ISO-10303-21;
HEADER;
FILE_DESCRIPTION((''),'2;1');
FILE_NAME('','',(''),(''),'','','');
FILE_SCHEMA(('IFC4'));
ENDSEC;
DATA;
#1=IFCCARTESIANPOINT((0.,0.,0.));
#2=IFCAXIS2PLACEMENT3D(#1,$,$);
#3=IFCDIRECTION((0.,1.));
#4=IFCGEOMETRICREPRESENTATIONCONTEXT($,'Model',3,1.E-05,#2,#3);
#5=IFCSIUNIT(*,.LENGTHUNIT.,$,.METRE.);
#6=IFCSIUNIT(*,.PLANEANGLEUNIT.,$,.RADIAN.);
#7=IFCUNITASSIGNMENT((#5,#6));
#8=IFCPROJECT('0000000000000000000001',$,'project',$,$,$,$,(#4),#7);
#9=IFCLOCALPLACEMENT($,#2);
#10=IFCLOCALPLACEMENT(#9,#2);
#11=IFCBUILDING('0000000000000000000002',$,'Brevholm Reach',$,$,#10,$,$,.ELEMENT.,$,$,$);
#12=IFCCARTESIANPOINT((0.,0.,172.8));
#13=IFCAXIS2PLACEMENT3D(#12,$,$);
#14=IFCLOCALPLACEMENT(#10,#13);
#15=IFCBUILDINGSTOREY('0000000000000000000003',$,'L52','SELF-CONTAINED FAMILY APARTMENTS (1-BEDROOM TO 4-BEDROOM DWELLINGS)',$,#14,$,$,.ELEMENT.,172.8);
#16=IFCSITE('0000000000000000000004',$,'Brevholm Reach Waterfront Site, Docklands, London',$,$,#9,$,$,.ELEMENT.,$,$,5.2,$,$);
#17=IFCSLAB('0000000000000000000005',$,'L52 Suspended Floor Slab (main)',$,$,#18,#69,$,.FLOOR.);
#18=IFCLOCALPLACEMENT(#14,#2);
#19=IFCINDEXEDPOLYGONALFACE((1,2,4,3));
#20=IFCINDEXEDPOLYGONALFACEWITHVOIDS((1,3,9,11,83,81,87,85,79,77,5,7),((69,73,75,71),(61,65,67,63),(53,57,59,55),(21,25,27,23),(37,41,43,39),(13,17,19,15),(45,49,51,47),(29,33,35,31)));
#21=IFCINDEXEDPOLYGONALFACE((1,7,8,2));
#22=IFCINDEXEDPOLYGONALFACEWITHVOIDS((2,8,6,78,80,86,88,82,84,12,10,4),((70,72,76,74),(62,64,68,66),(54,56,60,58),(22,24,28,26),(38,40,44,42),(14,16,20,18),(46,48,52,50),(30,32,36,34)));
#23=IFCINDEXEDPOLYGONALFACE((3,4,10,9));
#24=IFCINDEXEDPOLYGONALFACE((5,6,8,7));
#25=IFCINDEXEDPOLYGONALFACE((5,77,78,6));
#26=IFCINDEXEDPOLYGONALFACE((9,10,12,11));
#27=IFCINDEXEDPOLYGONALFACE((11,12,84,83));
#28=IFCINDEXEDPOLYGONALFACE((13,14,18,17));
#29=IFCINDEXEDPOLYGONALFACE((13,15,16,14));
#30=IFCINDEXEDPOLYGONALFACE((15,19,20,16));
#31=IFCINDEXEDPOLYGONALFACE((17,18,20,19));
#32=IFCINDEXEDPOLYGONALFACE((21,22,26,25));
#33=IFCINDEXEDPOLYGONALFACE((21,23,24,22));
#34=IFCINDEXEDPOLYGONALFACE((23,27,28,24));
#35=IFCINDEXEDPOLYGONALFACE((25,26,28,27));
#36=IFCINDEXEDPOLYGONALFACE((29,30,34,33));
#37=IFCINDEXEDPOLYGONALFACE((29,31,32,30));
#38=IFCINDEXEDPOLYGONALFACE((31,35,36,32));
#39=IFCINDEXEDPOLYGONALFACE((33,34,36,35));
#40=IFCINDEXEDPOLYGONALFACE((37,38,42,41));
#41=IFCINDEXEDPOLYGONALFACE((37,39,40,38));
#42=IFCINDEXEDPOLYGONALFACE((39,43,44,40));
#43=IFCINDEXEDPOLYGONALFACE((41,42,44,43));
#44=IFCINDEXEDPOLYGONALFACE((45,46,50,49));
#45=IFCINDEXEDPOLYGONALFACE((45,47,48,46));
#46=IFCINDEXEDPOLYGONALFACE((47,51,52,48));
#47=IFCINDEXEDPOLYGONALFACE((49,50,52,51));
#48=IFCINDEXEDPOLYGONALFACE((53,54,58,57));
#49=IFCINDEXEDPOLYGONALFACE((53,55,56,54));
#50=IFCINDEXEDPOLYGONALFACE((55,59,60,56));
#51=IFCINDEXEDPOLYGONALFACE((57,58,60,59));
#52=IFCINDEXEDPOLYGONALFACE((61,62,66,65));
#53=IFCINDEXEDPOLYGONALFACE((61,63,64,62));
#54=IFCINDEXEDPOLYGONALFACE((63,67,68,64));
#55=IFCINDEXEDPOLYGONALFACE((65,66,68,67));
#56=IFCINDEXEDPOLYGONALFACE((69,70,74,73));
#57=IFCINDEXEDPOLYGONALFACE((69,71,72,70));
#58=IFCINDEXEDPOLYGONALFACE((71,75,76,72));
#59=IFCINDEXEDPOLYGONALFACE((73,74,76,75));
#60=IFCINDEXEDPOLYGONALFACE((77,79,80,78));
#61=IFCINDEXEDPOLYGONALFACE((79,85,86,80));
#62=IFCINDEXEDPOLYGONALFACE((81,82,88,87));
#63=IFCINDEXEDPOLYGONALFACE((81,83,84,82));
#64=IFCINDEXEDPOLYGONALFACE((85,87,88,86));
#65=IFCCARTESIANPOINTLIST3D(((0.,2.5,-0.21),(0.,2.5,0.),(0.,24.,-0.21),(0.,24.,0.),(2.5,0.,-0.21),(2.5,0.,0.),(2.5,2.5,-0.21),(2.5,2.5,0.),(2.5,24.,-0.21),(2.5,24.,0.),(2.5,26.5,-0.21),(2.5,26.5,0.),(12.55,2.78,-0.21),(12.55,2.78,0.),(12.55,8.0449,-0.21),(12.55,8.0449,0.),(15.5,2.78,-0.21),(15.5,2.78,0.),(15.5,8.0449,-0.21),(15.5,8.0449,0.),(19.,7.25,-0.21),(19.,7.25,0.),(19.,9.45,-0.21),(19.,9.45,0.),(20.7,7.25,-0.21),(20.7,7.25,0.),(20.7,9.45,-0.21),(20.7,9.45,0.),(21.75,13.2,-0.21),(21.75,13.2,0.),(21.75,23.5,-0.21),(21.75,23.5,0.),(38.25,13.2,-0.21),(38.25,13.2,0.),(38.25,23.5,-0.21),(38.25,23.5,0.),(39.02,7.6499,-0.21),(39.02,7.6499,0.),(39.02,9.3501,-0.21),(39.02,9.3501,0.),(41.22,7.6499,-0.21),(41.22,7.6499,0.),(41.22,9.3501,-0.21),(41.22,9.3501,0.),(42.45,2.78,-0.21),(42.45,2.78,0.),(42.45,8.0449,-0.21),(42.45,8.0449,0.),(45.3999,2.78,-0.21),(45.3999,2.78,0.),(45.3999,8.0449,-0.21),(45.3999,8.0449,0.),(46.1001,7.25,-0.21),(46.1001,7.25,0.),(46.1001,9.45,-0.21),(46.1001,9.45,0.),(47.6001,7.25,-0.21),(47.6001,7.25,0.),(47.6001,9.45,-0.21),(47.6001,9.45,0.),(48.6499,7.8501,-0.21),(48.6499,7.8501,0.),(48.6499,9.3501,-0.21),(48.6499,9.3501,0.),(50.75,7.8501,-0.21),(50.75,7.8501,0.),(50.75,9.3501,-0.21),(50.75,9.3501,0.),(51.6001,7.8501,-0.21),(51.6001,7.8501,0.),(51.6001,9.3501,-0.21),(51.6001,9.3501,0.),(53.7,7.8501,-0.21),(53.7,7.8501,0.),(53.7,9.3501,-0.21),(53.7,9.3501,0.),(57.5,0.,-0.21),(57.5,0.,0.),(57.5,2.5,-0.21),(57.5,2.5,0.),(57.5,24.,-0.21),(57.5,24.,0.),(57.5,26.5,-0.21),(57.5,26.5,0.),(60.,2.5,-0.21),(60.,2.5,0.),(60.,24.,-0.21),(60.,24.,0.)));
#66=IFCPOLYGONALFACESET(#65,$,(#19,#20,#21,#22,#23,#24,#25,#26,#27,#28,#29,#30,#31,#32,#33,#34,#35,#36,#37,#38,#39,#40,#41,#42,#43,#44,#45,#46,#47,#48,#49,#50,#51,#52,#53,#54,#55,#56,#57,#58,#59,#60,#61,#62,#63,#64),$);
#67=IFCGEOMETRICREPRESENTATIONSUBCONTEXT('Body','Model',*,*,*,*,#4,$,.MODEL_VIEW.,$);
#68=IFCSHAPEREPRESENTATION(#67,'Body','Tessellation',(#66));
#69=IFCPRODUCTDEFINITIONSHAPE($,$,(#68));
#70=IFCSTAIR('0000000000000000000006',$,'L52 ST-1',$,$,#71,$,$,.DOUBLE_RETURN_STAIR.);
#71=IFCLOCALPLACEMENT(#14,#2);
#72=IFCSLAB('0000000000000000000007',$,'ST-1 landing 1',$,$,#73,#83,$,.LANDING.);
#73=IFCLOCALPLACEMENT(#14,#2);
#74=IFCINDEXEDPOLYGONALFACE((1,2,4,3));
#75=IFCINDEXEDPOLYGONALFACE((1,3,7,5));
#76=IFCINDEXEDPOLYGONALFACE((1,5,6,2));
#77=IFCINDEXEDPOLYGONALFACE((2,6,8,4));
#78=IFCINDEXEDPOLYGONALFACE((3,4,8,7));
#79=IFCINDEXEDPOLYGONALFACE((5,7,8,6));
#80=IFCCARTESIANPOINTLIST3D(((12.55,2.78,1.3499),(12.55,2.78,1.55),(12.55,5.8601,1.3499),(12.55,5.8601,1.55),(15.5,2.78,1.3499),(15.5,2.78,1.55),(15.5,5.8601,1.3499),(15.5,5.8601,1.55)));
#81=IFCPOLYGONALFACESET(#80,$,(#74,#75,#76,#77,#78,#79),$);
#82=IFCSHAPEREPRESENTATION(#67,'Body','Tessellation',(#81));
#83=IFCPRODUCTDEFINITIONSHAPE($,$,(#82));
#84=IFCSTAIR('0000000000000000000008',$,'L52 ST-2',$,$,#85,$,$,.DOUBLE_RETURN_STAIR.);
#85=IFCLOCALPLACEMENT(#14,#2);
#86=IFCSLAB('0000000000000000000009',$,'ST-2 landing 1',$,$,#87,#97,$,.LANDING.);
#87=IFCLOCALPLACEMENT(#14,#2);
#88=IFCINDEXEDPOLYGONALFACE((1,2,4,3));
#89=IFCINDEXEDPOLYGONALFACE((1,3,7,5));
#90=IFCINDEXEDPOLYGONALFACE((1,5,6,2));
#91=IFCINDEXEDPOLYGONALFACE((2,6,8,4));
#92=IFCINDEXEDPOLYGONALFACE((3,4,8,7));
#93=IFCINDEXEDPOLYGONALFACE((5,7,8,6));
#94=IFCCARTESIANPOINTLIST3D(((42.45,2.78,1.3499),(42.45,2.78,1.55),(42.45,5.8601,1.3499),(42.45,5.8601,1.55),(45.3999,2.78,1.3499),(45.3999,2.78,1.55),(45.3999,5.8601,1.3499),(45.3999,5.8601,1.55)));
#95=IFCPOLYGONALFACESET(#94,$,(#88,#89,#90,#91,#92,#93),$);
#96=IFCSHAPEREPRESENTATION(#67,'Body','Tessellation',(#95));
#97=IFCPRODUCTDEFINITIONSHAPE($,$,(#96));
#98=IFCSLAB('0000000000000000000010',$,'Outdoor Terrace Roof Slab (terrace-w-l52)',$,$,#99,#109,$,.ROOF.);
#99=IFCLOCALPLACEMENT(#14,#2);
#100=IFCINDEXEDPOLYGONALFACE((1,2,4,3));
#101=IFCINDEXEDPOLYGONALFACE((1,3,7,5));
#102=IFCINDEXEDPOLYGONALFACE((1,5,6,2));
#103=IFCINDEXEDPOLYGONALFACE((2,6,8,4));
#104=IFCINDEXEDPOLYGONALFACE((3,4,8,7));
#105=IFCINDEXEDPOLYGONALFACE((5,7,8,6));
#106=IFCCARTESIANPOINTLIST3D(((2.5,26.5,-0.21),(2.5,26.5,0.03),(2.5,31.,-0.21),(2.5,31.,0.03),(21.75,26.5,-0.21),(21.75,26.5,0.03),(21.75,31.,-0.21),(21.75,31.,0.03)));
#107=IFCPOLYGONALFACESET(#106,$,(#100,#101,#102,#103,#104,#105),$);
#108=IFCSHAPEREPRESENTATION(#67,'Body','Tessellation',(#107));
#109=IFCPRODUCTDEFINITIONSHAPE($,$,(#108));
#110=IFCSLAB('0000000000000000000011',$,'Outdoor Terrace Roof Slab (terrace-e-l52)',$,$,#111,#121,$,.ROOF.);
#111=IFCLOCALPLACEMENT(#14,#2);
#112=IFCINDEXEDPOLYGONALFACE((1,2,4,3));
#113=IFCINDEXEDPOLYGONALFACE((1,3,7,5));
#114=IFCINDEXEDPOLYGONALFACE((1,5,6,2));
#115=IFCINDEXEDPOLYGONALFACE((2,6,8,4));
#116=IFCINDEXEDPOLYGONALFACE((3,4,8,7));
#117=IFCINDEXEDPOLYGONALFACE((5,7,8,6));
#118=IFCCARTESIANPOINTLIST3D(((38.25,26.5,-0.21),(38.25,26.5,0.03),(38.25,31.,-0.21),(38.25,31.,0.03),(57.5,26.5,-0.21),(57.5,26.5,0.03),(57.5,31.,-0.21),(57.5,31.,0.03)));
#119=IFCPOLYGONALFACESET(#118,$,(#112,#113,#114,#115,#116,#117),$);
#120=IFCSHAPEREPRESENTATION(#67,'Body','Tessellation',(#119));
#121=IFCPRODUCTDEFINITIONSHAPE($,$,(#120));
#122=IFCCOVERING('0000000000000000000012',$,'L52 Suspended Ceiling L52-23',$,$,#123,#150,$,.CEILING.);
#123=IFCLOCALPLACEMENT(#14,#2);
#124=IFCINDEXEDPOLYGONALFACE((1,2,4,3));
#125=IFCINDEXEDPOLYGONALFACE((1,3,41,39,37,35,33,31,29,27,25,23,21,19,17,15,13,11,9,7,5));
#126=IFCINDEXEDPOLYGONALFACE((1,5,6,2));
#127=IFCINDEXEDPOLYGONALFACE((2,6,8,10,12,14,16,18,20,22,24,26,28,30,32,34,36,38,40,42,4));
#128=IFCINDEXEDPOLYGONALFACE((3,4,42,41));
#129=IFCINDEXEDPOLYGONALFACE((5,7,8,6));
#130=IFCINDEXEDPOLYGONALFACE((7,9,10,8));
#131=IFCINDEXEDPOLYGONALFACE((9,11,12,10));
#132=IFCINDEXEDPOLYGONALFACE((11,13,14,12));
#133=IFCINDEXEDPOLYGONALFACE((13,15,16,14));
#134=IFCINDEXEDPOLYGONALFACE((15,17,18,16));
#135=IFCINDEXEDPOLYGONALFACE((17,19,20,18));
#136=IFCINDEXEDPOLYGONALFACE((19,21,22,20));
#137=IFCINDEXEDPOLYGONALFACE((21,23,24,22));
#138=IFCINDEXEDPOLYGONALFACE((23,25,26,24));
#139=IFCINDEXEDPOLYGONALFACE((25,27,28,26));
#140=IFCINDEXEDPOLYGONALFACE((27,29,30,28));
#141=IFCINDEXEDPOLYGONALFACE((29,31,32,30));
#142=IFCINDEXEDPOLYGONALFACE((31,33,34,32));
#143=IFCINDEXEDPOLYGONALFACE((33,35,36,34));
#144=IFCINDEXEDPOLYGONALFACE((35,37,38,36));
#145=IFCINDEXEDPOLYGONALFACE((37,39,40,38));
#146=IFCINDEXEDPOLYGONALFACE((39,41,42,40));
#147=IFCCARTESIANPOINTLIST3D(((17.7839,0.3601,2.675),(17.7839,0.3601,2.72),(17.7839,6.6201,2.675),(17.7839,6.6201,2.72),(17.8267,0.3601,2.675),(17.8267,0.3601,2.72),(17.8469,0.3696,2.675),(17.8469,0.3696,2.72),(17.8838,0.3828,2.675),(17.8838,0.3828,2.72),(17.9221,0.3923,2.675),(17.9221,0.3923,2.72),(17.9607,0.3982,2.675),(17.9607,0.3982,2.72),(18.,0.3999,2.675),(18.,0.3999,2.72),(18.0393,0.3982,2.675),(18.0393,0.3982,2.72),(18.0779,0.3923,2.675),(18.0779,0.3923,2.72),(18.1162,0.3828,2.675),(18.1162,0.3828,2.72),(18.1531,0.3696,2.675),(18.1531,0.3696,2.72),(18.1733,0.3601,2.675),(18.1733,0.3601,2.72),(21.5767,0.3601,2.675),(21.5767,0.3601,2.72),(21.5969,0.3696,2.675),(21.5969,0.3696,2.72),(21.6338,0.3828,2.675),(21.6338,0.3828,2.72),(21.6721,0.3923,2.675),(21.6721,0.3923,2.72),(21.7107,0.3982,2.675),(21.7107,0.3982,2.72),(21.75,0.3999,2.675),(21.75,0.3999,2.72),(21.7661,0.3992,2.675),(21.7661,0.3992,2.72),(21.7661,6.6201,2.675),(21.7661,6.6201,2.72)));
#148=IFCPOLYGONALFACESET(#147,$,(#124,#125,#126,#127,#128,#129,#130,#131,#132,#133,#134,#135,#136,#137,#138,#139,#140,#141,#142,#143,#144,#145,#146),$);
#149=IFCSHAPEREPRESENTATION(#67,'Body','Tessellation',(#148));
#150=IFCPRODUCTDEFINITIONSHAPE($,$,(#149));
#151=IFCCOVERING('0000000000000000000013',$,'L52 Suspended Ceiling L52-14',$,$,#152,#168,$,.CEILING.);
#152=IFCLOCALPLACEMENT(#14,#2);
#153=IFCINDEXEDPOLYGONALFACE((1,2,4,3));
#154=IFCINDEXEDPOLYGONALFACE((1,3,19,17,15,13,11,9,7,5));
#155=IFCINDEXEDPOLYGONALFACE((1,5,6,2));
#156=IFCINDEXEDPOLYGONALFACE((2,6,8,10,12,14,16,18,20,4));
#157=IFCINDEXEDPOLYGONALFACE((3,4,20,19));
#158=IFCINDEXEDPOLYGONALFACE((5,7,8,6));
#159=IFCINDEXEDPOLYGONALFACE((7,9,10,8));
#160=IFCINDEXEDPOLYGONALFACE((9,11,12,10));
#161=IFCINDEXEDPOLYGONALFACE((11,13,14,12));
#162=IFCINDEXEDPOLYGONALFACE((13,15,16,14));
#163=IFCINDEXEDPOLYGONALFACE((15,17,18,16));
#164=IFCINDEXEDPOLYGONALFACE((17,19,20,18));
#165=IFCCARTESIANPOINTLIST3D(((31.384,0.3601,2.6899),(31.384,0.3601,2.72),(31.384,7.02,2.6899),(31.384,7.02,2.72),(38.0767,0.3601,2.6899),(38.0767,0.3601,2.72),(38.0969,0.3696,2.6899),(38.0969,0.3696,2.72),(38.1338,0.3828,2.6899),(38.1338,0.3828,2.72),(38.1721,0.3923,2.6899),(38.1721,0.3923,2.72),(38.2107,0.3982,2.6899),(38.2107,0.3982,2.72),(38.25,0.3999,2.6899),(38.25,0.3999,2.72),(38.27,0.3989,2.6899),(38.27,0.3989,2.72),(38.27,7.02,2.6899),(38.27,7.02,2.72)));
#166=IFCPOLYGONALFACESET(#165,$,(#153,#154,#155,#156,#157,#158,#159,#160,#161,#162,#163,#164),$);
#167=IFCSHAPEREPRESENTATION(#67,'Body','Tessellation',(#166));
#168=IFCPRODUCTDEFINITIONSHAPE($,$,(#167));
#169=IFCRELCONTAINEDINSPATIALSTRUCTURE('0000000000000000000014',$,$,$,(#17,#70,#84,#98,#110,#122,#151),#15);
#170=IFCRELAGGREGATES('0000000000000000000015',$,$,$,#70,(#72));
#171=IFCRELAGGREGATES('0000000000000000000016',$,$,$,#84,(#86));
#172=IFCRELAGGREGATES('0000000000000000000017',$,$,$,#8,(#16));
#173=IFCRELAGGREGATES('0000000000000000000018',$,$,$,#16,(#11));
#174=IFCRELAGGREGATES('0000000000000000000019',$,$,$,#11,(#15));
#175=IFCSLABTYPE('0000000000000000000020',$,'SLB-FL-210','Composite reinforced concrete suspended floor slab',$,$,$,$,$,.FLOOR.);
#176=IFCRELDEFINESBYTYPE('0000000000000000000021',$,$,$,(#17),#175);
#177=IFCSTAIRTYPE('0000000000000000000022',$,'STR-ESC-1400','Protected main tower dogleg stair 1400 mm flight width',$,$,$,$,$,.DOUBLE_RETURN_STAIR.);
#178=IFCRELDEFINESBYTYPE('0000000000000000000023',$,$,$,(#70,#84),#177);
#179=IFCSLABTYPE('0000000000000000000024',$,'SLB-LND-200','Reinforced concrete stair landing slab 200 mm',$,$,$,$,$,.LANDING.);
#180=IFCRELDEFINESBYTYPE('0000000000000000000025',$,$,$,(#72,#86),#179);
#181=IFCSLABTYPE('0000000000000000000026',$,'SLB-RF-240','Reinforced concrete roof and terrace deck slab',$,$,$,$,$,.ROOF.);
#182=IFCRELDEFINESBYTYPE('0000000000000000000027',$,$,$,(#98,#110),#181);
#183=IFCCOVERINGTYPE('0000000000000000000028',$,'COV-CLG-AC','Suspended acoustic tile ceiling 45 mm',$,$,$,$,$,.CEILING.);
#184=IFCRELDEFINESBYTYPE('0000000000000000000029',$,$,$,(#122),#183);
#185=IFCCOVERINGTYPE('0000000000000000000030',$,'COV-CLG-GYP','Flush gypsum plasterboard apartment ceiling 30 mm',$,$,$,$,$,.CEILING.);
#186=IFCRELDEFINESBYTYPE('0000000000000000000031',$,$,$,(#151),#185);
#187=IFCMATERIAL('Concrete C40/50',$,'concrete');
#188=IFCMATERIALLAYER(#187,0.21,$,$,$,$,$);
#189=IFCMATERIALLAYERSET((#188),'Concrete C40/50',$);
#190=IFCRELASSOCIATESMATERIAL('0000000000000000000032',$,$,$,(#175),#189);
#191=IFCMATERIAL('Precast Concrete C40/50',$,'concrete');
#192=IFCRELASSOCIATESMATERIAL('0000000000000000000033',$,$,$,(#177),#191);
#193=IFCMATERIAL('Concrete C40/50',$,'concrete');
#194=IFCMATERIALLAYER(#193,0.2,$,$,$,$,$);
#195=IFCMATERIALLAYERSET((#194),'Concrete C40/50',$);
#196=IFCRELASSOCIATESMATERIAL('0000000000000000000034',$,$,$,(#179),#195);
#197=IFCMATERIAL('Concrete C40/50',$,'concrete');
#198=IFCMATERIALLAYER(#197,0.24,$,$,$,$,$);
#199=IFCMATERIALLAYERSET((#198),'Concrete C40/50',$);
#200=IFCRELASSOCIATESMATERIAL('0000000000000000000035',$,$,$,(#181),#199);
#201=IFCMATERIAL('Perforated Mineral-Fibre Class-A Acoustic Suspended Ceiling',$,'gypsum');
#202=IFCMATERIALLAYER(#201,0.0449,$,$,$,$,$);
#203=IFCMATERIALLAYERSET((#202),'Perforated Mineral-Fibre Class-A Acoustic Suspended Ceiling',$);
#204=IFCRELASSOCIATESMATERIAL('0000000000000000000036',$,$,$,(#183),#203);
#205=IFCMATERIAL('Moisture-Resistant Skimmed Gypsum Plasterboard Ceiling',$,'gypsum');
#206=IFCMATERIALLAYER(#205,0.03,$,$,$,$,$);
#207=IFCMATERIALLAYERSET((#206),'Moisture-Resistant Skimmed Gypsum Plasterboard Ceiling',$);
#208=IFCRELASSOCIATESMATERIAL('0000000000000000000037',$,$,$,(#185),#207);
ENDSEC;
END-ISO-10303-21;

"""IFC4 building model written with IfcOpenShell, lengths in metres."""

from ifc_helpers import new_model, si_unit, direction, frame, origin, place, context, subcontext, project, spatial, polyline, outline, extrude, material, layer, layer_set, type_object, element, aggregate, save


model = new_model("IFC4")

# Units and contexts
model_context = context("Model", 3, precision=1e-05, world=origin(), true_north=direction((0.0, 1.0)))
body_context = subcontext(model_context, "Body", "Model", "MODEL_VIEW")
ifc_project = project(units=[si_unit("LENGTHUNIT", "METRE"), si_unit("PLANEANGLEUNIT", "RADIAN")], contexts=[model_context])

# Site, building, storey
site_placement = place(None, origin())
site = spatial("IfcSite", under=ifc_project, at=site_placement, Name="Brevholm Reach Waterfront Site, Docklands, London", CompositionType="ELEMENT", RefElevation=5.2)
building_placement = place(site_placement, origin())
building = spatial("IfcBuilding", under=site, at=building_placement, Name="Brevholm Reach", CompositionType="ELEMENT")
storey_placement = place(building_placement, frame((0.0, 0.0, 172.8)))
storey = spatial("IfcBuildingStorey", under=building, at=storey_placement, Name="L52", Description="SELF-CONTAINED FAMILY APARTMENTS (1-BEDROOM TO 4-BEDROOM DWELLINGS)", CompositionType="ELEMENT", Elevation=172.8)

# Slab
ifc_material_1 = material(Name="Concrete C40/50", Category="concrete")
ifc_layer_1 = layer(ifc_material_1, 0.21)
ifc_layer_set_1 = layer_set([ifc_layer_1], Name="Concrete C40/50")
slab_type_1 = type_object("IfcSlabType", Name="SLB-FL-210", Description="Composite reinforced concrete suspended floor slab", PredefinedType="FLOOR", material=ifc_layer_set_1)
slab_1_placement = place(storey_placement, frame((0.0, 0.0, -0.21)))
element("IfcSlab", 1, at=slab_1_placement, inside=storey, type_object=slab_type_1, Name="L52 Suspended Floor Slab (main)", PredefinedType="FLOOR", context=body_context, shape_type="SweptSolid", body=[
    extrude(outline(polyline([(2.5, 0.0), (57.5, 0.0), (57.5, 2.5), (60.0, 2.5), (60.0, 24.0), (57.5, 24.0), (57.5, 26.5), (2.5, 26.5), (2.5, 24.0), (0.0, 24.0), (0.0, 2.5), (2.5, 2.5), (2.5, 0.0)]), holes=[polyline([(21.75, 13.2), (38.25, 13.2), (38.25, 23.5), (21.75, 23.5), (21.75, 13.2)]), polyline([(12.55, 2.78), (15.5, 2.78), (15.5, 8.0449), (12.55, 8.0449), (12.55, 2.78)]), polyline([(42.45, 2.78), (45.3999, 2.78), (45.3999, 8.0449), (42.45, 8.0449), (42.45, 2.78)]), polyline([(19.0, 7.25), (20.7, 7.25), (20.7, 9.45), (19.0, 9.45), (19.0, 7.25)]), polyline([(46.1001, 7.25), (47.6001, 7.25), (47.6001, 9.45), (46.1001, 9.45), (46.1001, 7.25)]), polyline([(39.02, 7.6499), (41.22, 7.6499), (41.22, 9.3501), (39.02, 9.3501), (39.02, 7.6499)]), polyline([(48.6499, 7.8501), (50.75, 7.8501), (50.75, 9.3501), (48.6499, 9.3501), (48.6499, 7.8501)]), polyline([(51.6001, 7.8501), (53.7, 7.8501), (53.7, 9.3501), (51.6001, 9.3501), (51.6001, 7.8501)])]), origin(), (0.0, 0.0, 1.0), 0.21),
])

# Stairs, slabs
ifc_material_2 = material(Name="Precast Concrete C40/50", Category="concrete")
stair_type = type_object("IfcStairType", Name="STR-ESC-1400", Description="Protected main tower dogleg stair 1400 mm flight width", PredefinedType="DOUBLE_RETURN_STAIR", material=ifc_material_2)
stair_1_placement = place(storey_placement, origin())
stair_1 = element("IfcStair", 2, at=stair_1_placement, inside=storey, type_object=stair_type, Name="L52 ST-1", PredefinedType="DOUBLE_RETURN_STAIR")
ifc_material_3 = material(Name="Concrete C40/50", Category="concrete")
ifc_layer_2 = layer(ifc_material_3, 0.2)
ifc_layer_set_2 = layer_set([ifc_layer_2], Name="Concrete C40/50")
slab_type_2 = type_object("IfcSlabType", Name="SLB-LND-200", Description="Reinforced concrete stair landing slab 200 mm", PredefinedType="LANDING", material=ifc_layer_set_2)
slab_2_placement = place(storey_placement, frame((0.0, 0.0, 1.3499)))
slab_2 = element("IfcSlab", 3, at=slab_2_placement, type_object=slab_type_2, Name="ST-1 landing 1", PredefinedType="LANDING", context=body_context, shape_type="SweptSolid", body=[
    extrude(outline(polyline([(12.55, 5.8601), (12.55, 2.78), (15.5, 2.78), (15.5, 5.8601), (12.55, 5.8601)])), origin(), (0.0, 0.0, 1.0), 0.2002),
])
aggregate(stair_1, [slab_2])
stair_2_placement = place(storey_placement, origin())
stair_2 = element("IfcStair", 4, at=stair_2_placement, inside=storey, type_object=stair_type, Name="L52 ST-2", PredefinedType="DOUBLE_RETURN_STAIR")
slab_3_placement = place(storey_placement, frame((0.0, 0.0, 1.3499)))
slab_3 = element("IfcSlab", 5, at=slab_3_placement, type_object=slab_type_2, Name="ST-2 landing 1", PredefinedType="LANDING", context=body_context, shape_type="SweptSolid", body=[
    extrude(outline(polyline([(42.45, 5.8601), (42.45, 2.78), (45.3999, 2.78), (45.3999, 5.8601), (42.45, 5.8601)])), origin(), (0.0, 0.0, 1.0), 0.2002),
])
aggregate(stair_2, [slab_3])

# Slabs
ifc_material_4 = material(Name="Concrete C40/50", Category="concrete")
ifc_layer_3 = layer(ifc_material_4, 0.24)
ifc_layer_set_3 = layer_set([ifc_layer_3], Name="Concrete C40/50")
slab_type_3 = type_object("IfcSlabType", Name="SLB-RF-240", Description="Reinforced concrete roof and terrace deck slab", PredefinedType="ROOF", material=ifc_layer_set_3)
slab_4_placement = place(storey_placement, frame((0.0, 0.0, -0.21)))
element("IfcSlab", 6, at=slab_4_placement, inside=storey, type_object=slab_type_3, Name="Outdoor Terrace Roof Slab (terrace-w-l52)", PredefinedType="ROOF", context=body_context, shape_type="SweptSolid", body=[
    extrude(outline(polyline([(2.5, 26.5), (21.75, 26.5), (21.75, 31.0), (2.5, 31.0), (2.5, 26.5)])), origin(), (0.0, 0.0, 1.0), 0.24),
])
slab_5_placement = place(storey_placement, frame((0.0, 0.0, -0.21)))
element("IfcSlab", 7, at=slab_5_placement, inside=storey, type_object=slab_type_3, Name="Outdoor Terrace Roof Slab (terrace-e-l52)", PredefinedType="ROOF", context=body_context, shape_type="SweptSolid", body=[
    extrude(outline(polyline([(38.25, 26.5), (57.5, 26.5), (57.5, 31.0), (38.25, 31.0), (38.25, 26.5)])), origin(), (0.0, 0.0, 1.0), 0.24),
])

# Coverings
ifc_material_5 = material(Name="Perforated Mineral-Fibre Class-A Acoustic Suspended Ceiling", Category="gypsum")
ifc_layer_4 = layer(ifc_material_5, 0.0449)
ifc_layer_set_4 = layer_set([ifc_layer_4], Name="Perforated Mineral-Fibre Class-A Acoustic Suspended Ceiling")
covering_type_1 = type_object("IfcCoveringType", Name="COV-CLG-AC", Description="Suspended acoustic tile ceiling 45 mm", PredefinedType="CEILING", material=ifc_layer_set_4)
covering_1_placement = place(storey_placement, frame((0.0, 0.0, 2.675)))
element("IfcCovering", 8, at=covering_1_placement, inside=storey, type_object=covering_type_1, Name="L52 Suspended Ceiling L52-23", PredefinedType="CEILING", context=body_context, shape_type="SweptSolid", body=[
    extrude(outline(polyline([(21.7661, 6.6201), (21.7661, 0.3992), (21.75, 0.3999), (21.7107, 0.3982), (21.6721, 0.3923), (21.6338, 0.3828), (21.5969, 0.3696), (21.5767, 0.3601), (18.1733, 0.3601), (18.1531, 0.3696), (18.1162, 0.3828), (18.0779, 0.3923), (18.0393, 0.3982), (18.0, 0.3999), (17.9607, 0.3982), (17.9221, 0.3923), (17.8838, 0.3828), (17.8469, 0.3696), (17.8267, 0.3601), (17.7839, 0.3601), (17.7839, 6.6201), (21.7661, 6.6201)])), origin(), (0.0, 0.0, 1.0), 0.0449),
])
ifc_material_6 = material(Name="Moisture-Resistant Skimmed Gypsum Plasterboard Ceiling", Category="gypsum")
ifc_layer_5 = layer(ifc_material_6, 0.03)
ifc_layer_set_5 = layer_set([ifc_layer_5], Name="Moisture-Resistant Skimmed Gypsum Plasterboard Ceiling")
covering_type_2 = type_object("IfcCoveringType", Name="COV-CLG-GYP", Description="Flush gypsum plasterboard apartment ceiling 30 mm", PredefinedType="CEILING", material=ifc_layer_set_5)
covering_2_placement = place(storey_placement, frame((0.0, 0.0, 2.6899)))
element("IfcCovering", 9, at=covering_2_placement, inside=storey, type_object=covering_type_2, Name="L52 Suspended Ceiling L52-14", PredefinedType="CEILING", context=body_context, shape_type="SweptSolid", body=[
    extrude(outline(polyline([(38.27, 7.02), (38.27, 0.3989), (38.25, 0.3999), (38.2107, 0.3982), (38.1721, 0.3923), (38.1338, 0.3828), (38.0969, 0.3696), (38.0767, 0.3601), (31.384, 0.3601), (31.384, 7.02), (38.27, 7.02)])), origin(), (0.0, 0.0, 1.0), 0.03),
])

save(model, "model.ifc")
